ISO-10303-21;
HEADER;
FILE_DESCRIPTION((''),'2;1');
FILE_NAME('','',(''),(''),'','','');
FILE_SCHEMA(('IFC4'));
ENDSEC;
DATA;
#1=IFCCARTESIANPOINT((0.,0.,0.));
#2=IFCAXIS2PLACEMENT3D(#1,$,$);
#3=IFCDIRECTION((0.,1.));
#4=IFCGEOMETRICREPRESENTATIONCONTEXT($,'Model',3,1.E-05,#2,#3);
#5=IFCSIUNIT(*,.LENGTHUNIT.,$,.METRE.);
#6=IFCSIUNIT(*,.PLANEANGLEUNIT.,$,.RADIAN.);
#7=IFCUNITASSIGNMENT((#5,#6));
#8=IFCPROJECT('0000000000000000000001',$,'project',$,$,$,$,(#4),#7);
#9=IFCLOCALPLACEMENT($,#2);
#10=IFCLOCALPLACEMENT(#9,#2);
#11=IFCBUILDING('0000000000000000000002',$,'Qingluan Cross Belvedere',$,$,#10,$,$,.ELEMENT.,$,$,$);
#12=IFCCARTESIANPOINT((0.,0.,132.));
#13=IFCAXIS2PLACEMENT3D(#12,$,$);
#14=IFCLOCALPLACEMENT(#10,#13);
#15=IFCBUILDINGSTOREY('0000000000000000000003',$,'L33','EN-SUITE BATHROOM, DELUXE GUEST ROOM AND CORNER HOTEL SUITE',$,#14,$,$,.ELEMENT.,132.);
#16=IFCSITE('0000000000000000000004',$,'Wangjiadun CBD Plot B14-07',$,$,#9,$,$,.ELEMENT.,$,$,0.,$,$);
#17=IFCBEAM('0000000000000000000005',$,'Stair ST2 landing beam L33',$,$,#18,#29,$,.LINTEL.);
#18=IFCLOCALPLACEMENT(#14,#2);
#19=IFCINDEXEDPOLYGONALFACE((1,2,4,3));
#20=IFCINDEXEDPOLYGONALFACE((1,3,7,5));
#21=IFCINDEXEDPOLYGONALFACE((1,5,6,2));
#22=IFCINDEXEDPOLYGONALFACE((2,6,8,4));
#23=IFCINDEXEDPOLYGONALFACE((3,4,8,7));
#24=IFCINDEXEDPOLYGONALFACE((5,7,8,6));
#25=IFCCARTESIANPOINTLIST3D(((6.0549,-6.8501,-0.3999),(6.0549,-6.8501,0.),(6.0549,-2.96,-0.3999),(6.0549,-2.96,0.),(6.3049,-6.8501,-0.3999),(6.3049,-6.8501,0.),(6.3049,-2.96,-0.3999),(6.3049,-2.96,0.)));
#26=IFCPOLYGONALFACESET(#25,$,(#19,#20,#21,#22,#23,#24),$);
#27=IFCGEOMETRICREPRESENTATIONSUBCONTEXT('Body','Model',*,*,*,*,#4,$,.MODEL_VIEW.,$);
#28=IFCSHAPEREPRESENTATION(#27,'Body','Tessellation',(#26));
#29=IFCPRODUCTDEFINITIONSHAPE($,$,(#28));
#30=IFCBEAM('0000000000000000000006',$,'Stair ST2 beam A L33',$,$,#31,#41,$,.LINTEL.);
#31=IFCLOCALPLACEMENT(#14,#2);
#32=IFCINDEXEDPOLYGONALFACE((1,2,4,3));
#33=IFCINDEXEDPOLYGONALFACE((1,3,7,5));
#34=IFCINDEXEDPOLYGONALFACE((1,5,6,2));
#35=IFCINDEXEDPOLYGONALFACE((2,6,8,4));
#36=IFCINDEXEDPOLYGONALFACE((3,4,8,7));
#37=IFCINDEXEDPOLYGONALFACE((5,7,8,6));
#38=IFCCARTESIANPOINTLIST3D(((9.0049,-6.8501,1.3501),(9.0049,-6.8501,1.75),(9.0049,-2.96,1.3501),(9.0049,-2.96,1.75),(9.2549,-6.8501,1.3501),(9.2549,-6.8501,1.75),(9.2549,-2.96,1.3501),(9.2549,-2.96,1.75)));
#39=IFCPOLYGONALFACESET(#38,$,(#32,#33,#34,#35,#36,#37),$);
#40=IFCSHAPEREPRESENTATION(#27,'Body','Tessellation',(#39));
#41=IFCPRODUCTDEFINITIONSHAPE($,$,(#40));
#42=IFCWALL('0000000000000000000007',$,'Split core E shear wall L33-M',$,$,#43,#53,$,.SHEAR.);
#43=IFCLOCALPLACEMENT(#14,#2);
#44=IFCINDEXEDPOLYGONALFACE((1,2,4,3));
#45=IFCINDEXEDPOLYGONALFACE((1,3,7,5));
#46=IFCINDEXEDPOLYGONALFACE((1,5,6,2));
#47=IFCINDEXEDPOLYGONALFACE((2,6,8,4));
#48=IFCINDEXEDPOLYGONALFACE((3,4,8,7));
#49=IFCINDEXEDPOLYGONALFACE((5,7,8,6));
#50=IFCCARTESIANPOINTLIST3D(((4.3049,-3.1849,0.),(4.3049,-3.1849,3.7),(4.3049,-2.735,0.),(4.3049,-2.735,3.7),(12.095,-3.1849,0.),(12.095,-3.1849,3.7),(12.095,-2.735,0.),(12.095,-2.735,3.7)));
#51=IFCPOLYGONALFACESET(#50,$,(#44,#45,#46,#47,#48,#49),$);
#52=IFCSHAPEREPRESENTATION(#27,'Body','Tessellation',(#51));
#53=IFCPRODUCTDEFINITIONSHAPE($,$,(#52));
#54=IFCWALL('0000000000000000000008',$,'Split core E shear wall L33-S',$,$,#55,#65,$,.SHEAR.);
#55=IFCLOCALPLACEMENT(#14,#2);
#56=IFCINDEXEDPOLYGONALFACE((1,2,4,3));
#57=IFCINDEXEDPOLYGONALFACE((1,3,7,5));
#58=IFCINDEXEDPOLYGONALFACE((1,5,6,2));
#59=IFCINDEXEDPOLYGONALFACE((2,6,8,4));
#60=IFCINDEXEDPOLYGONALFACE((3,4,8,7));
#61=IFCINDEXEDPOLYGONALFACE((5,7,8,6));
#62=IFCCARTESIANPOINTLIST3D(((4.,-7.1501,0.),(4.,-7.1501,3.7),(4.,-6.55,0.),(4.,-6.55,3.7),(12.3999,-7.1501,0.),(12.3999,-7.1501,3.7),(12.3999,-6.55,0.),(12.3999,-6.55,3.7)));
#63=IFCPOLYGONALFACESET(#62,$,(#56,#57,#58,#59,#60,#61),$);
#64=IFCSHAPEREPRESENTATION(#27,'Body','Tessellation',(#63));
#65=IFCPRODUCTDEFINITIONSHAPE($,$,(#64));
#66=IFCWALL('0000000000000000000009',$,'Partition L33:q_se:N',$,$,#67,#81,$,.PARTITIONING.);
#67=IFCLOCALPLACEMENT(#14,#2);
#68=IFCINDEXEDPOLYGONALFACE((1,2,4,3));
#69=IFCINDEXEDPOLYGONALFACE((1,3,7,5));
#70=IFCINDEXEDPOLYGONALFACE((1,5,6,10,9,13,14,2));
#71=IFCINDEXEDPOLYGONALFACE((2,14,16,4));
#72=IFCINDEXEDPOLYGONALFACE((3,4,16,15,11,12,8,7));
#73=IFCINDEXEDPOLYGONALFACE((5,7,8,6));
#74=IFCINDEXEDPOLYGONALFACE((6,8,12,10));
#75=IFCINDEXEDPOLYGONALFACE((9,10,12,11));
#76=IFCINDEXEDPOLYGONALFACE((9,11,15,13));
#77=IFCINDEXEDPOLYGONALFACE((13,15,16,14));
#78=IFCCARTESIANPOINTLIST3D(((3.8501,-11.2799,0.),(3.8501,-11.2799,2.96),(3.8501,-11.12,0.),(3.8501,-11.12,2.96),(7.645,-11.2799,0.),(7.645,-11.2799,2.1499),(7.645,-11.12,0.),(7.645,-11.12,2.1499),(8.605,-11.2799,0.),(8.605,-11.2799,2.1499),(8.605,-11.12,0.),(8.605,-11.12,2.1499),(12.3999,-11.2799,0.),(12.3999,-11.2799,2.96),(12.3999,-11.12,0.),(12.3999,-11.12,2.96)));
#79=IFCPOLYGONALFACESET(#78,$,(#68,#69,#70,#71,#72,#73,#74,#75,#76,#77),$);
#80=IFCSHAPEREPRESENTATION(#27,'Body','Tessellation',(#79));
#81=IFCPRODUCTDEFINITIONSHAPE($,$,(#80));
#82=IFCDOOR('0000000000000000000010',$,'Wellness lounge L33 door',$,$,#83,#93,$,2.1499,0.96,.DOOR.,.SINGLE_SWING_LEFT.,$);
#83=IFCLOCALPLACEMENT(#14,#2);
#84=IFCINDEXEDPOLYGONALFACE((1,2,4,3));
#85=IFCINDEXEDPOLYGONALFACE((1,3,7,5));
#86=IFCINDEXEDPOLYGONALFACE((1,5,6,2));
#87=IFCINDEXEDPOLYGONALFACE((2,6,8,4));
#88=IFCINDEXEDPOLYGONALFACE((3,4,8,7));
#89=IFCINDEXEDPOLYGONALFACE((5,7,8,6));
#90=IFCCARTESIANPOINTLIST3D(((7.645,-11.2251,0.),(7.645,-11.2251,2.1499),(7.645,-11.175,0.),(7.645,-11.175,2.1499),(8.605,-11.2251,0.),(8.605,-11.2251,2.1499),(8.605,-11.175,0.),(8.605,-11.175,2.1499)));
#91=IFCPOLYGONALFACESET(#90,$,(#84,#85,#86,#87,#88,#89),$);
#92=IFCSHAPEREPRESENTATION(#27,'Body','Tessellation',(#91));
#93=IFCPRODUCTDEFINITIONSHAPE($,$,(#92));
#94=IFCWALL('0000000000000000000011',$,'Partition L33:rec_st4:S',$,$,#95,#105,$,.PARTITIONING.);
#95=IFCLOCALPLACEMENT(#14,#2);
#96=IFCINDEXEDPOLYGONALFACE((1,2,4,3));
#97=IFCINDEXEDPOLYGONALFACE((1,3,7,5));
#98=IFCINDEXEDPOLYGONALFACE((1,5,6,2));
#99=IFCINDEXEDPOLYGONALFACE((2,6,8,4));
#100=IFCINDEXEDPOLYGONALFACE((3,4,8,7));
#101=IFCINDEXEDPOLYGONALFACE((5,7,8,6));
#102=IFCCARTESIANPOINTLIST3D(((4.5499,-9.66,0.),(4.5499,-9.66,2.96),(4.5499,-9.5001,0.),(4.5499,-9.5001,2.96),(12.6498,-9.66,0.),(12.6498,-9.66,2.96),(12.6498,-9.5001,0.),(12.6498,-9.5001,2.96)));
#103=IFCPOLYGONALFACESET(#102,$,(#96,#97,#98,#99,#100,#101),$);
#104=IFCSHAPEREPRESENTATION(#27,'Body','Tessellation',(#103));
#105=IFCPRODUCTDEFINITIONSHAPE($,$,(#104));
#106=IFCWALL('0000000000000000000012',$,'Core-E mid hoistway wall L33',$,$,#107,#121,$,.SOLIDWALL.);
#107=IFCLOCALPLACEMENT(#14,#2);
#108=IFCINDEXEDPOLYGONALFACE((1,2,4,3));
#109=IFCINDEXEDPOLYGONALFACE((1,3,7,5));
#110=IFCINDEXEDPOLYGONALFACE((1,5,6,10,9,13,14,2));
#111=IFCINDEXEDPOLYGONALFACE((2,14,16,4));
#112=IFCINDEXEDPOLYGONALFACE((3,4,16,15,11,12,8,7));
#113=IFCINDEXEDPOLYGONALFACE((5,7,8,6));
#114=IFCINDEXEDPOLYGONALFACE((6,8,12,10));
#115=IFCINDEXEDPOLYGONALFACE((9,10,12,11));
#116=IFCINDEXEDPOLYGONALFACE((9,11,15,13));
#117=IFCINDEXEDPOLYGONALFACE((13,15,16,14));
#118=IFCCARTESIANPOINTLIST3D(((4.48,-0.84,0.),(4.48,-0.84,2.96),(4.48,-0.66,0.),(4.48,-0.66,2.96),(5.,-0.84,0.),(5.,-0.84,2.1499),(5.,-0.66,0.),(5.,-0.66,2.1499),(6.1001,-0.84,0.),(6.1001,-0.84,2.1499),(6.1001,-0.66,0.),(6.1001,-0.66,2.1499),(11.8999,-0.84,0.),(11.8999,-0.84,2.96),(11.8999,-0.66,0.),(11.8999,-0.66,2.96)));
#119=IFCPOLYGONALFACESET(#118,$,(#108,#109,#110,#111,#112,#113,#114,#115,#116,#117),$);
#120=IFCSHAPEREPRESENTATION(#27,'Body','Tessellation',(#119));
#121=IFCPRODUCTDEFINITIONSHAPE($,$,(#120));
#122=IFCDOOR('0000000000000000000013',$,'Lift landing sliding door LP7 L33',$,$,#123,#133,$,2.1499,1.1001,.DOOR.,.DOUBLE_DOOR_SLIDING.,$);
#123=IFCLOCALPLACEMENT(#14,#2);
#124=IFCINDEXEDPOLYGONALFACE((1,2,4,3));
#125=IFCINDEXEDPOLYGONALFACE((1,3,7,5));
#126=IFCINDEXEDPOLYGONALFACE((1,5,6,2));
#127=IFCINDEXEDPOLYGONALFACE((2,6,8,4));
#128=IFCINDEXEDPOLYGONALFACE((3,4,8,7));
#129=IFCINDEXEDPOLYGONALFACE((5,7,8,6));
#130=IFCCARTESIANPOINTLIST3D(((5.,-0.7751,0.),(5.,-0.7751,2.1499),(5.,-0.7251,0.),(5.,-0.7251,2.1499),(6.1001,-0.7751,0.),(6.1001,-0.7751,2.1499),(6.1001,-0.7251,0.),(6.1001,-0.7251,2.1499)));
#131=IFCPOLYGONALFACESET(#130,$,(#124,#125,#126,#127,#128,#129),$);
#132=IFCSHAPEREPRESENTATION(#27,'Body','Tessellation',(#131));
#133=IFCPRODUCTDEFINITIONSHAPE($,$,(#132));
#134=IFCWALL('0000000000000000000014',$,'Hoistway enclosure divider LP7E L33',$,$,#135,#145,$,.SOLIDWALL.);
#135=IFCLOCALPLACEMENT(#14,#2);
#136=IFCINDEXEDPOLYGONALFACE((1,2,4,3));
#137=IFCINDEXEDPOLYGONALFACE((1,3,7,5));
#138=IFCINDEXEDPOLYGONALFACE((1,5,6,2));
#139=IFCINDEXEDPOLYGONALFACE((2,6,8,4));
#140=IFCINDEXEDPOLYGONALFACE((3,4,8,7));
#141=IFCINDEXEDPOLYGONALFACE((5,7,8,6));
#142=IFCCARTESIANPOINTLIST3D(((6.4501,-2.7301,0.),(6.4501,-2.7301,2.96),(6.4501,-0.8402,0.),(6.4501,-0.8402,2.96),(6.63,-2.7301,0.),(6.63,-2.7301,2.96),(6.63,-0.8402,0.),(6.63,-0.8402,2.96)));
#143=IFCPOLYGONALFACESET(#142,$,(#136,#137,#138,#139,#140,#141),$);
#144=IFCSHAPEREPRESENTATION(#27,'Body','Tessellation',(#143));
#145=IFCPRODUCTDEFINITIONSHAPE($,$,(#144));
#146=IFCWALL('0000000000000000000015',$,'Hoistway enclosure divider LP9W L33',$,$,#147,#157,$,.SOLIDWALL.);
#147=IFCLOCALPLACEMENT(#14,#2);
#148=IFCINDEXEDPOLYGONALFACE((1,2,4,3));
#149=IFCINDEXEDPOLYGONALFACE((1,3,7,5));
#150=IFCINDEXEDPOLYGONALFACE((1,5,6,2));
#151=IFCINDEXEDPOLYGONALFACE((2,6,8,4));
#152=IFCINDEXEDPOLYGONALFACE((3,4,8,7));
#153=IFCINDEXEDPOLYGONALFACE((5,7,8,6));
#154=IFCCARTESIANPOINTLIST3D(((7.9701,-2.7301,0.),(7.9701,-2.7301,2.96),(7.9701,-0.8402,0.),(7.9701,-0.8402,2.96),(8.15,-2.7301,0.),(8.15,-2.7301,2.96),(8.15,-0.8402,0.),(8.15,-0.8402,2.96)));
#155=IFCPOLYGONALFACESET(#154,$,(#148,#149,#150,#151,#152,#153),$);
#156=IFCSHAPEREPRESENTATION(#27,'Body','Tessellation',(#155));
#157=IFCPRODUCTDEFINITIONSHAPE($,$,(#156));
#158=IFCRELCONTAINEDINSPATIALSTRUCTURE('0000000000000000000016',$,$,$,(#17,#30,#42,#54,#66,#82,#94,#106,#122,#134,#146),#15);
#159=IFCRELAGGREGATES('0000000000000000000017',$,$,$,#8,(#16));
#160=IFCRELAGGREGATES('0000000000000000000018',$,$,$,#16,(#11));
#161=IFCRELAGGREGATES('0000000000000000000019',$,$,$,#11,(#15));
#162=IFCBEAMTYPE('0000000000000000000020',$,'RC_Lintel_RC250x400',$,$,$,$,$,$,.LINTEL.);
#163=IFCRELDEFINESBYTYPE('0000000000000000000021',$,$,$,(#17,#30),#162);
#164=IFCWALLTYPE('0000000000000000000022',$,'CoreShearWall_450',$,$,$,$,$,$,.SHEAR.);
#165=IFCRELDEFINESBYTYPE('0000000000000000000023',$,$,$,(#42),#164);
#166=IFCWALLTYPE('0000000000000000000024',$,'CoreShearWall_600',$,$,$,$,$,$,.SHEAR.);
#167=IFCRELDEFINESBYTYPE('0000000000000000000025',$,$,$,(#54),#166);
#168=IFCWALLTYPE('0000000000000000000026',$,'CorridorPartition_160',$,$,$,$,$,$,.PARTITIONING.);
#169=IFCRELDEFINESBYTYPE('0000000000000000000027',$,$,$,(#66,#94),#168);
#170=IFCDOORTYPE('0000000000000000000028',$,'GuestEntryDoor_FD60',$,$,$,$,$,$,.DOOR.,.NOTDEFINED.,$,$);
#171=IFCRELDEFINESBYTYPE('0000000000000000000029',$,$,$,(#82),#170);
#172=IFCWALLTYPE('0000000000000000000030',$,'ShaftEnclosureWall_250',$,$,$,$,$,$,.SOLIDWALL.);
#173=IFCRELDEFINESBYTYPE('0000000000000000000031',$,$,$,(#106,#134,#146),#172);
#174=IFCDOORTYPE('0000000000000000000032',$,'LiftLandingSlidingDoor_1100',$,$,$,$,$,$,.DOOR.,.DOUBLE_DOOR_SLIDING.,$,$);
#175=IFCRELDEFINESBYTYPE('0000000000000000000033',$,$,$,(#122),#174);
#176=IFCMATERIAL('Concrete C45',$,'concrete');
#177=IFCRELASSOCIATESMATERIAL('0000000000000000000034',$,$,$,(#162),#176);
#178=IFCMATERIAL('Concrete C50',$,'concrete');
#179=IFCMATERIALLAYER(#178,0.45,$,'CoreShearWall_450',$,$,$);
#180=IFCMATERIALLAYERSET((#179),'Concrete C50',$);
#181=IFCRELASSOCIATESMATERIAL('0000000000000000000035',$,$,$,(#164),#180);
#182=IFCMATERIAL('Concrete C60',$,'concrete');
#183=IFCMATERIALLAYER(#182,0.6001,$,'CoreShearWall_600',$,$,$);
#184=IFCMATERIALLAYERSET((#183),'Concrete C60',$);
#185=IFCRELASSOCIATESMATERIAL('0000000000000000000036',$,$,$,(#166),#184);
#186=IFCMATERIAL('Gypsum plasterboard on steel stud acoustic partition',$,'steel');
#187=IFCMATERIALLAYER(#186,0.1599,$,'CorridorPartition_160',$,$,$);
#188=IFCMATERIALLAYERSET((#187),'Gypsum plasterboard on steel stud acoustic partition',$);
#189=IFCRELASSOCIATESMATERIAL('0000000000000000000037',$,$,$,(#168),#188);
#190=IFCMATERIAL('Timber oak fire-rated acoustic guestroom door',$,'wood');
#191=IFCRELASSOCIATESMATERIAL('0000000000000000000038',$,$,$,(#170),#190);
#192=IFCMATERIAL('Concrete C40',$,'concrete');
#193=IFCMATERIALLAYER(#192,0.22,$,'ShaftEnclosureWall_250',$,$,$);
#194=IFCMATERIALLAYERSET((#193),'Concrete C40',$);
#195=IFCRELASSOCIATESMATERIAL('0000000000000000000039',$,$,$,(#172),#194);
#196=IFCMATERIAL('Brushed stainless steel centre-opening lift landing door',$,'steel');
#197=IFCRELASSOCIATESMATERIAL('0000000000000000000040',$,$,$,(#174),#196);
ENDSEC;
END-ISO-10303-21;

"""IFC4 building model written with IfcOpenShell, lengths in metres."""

from ifc_helpers import new_model, si_unit, direction, frame, frame_2d, origin, origin_2d, place, context, subcontext, project, spatial, rectangle, extrude, material, layer, layer_set, material_profile, profile_set, type_object, element, fill, save


model = new_model("IFC4")

# Units and contexts
model_context = context("Model", 3, precision=1e-05, world=origin(), true_north=direction((0.0, 1.0)))
body_context = subcontext(model_context, "Body", "Model", "MODEL_VIEW")
ifc_project = project(units=[si_unit("LENGTHUNIT", "METRE"), si_unit("PLANEANGLEUNIT", "RADIAN")], contexts=[model_context])

# Site, building, storey
site_placement = place(None, origin())
site = spatial("IfcSite", under=ifc_project, at=site_placement, Name="Wangjiadun CBD Plot B14-07", CompositionType="ELEMENT", RefElevation=0.0)
building_placement = place(site_placement, origin())
building = spatial("IfcBuilding", under=site, at=building_placement, Name="Qingluan Cross Belvedere", CompositionType="ELEMENT")
storey_placement = place(building_placement, frame((0.0, 0.0, 132.0)))
storey = spatial("IfcBuildingStorey", under=building, at=storey_placement, Name="L33", Description="EN-SUITE BATHROOM, DELUXE GUEST ROOM AND CORNER HOTEL SUITE", CompositionType="ELEMENT", Elevation=132.0)

# Beams
ifc_material_1 = material(Name="Concrete C45", Category="concrete")
ifc_material_profile = material_profile(ifc_material_1, rectangle(XDim=0.25, YDim=0.3999, at=origin_2d()), Name="RC250x400")
ifc_profile_set = profile_set([ifc_material_profile], Name="Concrete C45")
beam_type = type_object("IfcBeamType", Name="RC_Lintel_RC250x400", PredefinedType="LINTEL", material=ifc_profile_set)
for number, where, z_axis, x_axis, name in (
    (1, (6.1799, -6.8501, -0.2), (0.0, 1.0, 0.0), (-1.0, 0.0, 0.0), "Stair ST2 landing beam L33"),
    (2, (9.1299, -6.8501, 1.55), (0.0, 1.0, 0.0), (-1.0, 0.0, 0.0), "Stair ST2 beam A L33"),
):
    element("IfcBeam", number, at=place(storey_placement, frame(where, z_axis=z_axis, x_axis=x_axis)), inside=storey, type_object=beam_type, Name=name, PredefinedType="LINTEL", context=body_context, shape_type="SweptSolid", body=[
        extrude(rectangle(XDim=0.25, YDim=0.3999, at=origin_2d()), origin(), (0.0, 0.0, 1.0), 3.8901),
    ])

# Walls
ifc_material_2 = material(Name="Concrete C50", Category="concrete")
ifc_layer_1 = layer(ifc_material_2, 0.45, Name="CoreShearWall_450")
ifc_layer_set_1 = layer_set([ifc_layer_1], Name="Concrete C50")
wall_type_1 = type_object("IfcWallType", Name="CoreShearWall_450", PredefinedType="SHEAR", material=ifc_layer_set_1)
wall_1_placement = place(storey_placement, frame((4.3049, -2.96, 0.0), z_axis=(0.0, 0.0, 1.0), x_axis=(1.0, 0.0, 0.0)))
element("IfcWall", 3, at=wall_1_placement, inside=storey, type_object=wall_type_1, Name="Split core E shear wall L33-M", PredefinedType="SHEAR", context=body_context, shape_type="SweptSolid", body=[
    extrude(rectangle(XDim=7.79, YDim=0.45, at=frame_2d((3.895, 0.0))), origin(), (0.0, 0.0, 1.0), 3.7),
])
ifc_material_3 = material(Name="Concrete C60", Category="concrete")
ifc_layer_2 = layer(ifc_material_3, 0.6001, Name="CoreShearWall_600")
ifc_layer_set_2 = layer_set([ifc_layer_2], Name="Concrete C60")
wall_type_2 = type_object("IfcWallType", Name="CoreShearWall_600", PredefinedType="SHEAR", material=ifc_layer_set_2)
wall_2_placement = place(storey_placement, frame((4.0, -6.8501, 0.0), z_axis=(0.0, 0.0, 1.0), x_axis=(1.0, 0.0, 0.0)))
element("IfcWall", 4, at=wall_2_placement, inside=storey, type_object=wall_type_2, Name="Split core E shear wall L33-S", PredefinedType="SHEAR", context=body_context, shape_type="SweptSolid", body=[
    extrude(rectangle(XDim=8.3999, YDim=0.6001, at=frame_2d((4.2, 0.0))), origin(), (0.0, 0.0, 1.0), 3.7),
])

# Wall, opening, door
ifc_material_4 = material(Name="Gypsum plasterboard on steel stud acoustic partition", Category="steel")
ifc_layer_3 = layer(ifc_material_4, 0.1599, Name="CorridorPartition_160")
ifc_layer_set_3 = layer_set([ifc_layer_3], Name="Gypsum plasterboard on steel stud acoustic partition")
wall_type_3 = type_object("IfcWallType", Name="CorridorPartition_160", PredefinedType="PARTITIONING", material=ifc_layer_set_3)
wall_3_placement = place(storey_placement, frame((3.8501, -11.2, 0.0), z_axis=(0.0, 0.0, 1.0), x_axis=(1.0, 0.0, 0.0)))
wall_3 = element("IfcWall", 5, at=wall_3_placement, inside=storey, type_object=wall_type_3, Name="Partition L33:q_se:N", PredefinedType="PARTITIONING", context=body_context, shape_type="SweptSolid", body=[
    extrude(rectangle(XDim=8.5498, YDim=0.1599, at=frame_2d((4.2749, 0.0))), origin(), (0.0, 0.0, 1.0), 2.96),
])
opening_1_placement = place(wall_3_placement, frame((3.7949, 0.0, 0.0)))
opening_1 = element("IfcOpeningElement", 6, at=opening_1_placement, cuts=wall_3, PredefinedType="OPENING", context=body_context, shape_type="SweptSolid", body=[
    extrude(rectangle(XDim=0.96, YDim=2.1499, at=frame_2d((0.48, 1.075))), frame((0.0, 0.0898, 0.0), z_axis=(0.0, -1.0, 0.0), x_axis=(1.0, 0.0, 0.0)), (0.0, 0.0, 1.0), 0.1799),
])
ifc_material_5 = material(Name="Timber oak fire-rated acoustic guestroom door", Category="wood")
door_type_1 = type_object("IfcDoorType", Name="GuestEntryDoor_FD60", OperationType="NOTDEFINED", PredefinedType="DOOR", material=ifc_material_5)
door_1_placement = place(opening_1_placement, origin())
door_1 = element("IfcDoor", 7, at=door_1_placement, inside=storey, type_object=door_type_1, Name="Wellness lounge L33 door", OperationType="SINGLE_SWING_LEFT", OverallHeight=2.1499, OverallWidth=0.96, PredefinedType="DOOR", context=body_context, shape_type="SweptSolid", body=[
    extrude(rectangle(XDim=0.96, YDim=2.1499, at=frame_2d((0.48, 1.075))), frame((0.0, 0.0249, 0.0), z_axis=(0.0, -1.0, 0.0), x_axis=(1.0, 0.0, 0.0)), (0.0, 0.0, 1.0), 0.05),
])
fill(opening_1, door_1)

# Wall
wall_4_placement = place(storey_placement, frame((4.55, -9.5801, 0.0), z_axis=(0.0, 0.0, 1.0), x_axis=(1.0, 0.0, 0.0)))
element("IfcWall", 8, at=wall_4_placement, inside=storey, type_object=wall_type_3, Name="Partition L33:rec_st4:S", PredefinedType="PARTITIONING", context=body_context, shape_type="SweptSolid", body=[
    extrude(rectangle(XDim=8.0999, YDim=0.1599, at=frame_2d((4.0498, 0.0))), origin(), (0.0, 0.0, 1.0), 2.96),
])

# Wall, opening, door
ifc_material_6 = material(Name="Concrete C40", Category="concrete")
ifc_layer_4 = layer(ifc_material_6, 0.22, Name="ShaftEnclosureWall_250")
ifc_layer_set_4 = layer_set([ifc_layer_4], Name="Concrete C40")
wall_type_4 = type_object("IfcWallType", Name="ShaftEnclosureWall_250", PredefinedType="SOLIDWALL", material=ifc_layer_set_4)
wall_5_placement = place(storey_placement, frame((4.48, -0.75, 0.0), z_axis=(0.0, 0.0, 1.0), x_axis=(1.0, 0.0, 0.0)))
wall_5 = element("IfcWall", 9, at=wall_5_placement, inside=storey, type_object=wall_type_4, Name="Core-E mid hoistway wall L33", PredefinedType="SOLIDWALL", context=body_context, shape_type="SweptSolid", body=[
    extrude(rectangle(XDim=7.4199, YDim=0.1799, at=frame_2d((3.71, 0.0))), origin(), (0.0, 0.0, 1.0), 2.96),
])
opening_2_placement = place(wall_5_placement, frame((0.52, 0.0, 0.0)))
opening_2 = element("IfcOpeningElement", 10, at=opening_2_placement, cuts=wall_5, PredefinedType="OPENING", context=body_context, shape_type="SweptSolid", body=[
    extrude(rectangle(XDim=1.1001, YDim=2.1499, at=frame_2d((0.55, 1.075))), frame((0.0, 0.0999, 0.0), z_axis=(0.0, -1.0, 0.0), x_axis=(1.0, 0.0, 0.0)), (0.0, 0.0, 1.0), 0.2),
])
ifc_material_7 = material(Name="Brushed stainless steel centre-opening lift landing door", Category="steel")
door_type_2 = type_object("IfcDoorType", Name="LiftLandingSlidingDoor_1100", OperationType="DOUBLE_DOOR_SLIDING", PredefinedType="DOOR", material=ifc_material_7)
door_2_placement = place(opening_2_placement, origin())
door_2 = element("IfcDoor", 11, at=door_2_placement, inside=storey, type_object=door_type_2, Name="Lift landing sliding door LP7 L33", OperationType="DOUBLE_DOOR_SLIDING", OverallHeight=2.1499, OverallWidth=1.1001, PredefinedType="DOOR", context=body_context, shape_type="SweptSolid", body=[
    extrude(rectangle(XDim=1.1001, YDim=2.1499, at=frame_2d((0.55, 1.075))), frame((0.0, 0.0249, 0.0), z_axis=(0.0, -1.0, 0.0), x_axis=(1.0, 0.0, 0.0)), (0.0, 0.0, 1.0), 0.05),
])
fill(opening_2, door_2)

# Walls
for number, where, z_axis, x_axis, name in (
    (12, (6.54, -2.73, 0.0), (0.0, 0.0, 1.0), (0.0, 1.0, 0.0), "Hoistway enclosure divider LP7E L33"),
    (13, (8.0601, -2.73, 0.0), (0.0, 0.0, 1.0), (0.0, 1.0, 0.0), "Hoistway enclosure divider LP9W L33"),
):
    element("IfcWall", number, at=place(storey_placement, frame(where, z_axis=z_axis, x_axis=x_axis)), inside=storey, type_object=wall_type_4, Name=name, PredefinedType="SOLIDWALL", context=body_context, shape_type="SweptSolid", body=[
        extrude(rectangle(XDim=1.8899, YDim=0.1799, at=frame_2d((0.9448, 0.0))), origin(), (0.0, 0.0, 1.0), 2.96),
    ])

save(model, "model.ifc")
